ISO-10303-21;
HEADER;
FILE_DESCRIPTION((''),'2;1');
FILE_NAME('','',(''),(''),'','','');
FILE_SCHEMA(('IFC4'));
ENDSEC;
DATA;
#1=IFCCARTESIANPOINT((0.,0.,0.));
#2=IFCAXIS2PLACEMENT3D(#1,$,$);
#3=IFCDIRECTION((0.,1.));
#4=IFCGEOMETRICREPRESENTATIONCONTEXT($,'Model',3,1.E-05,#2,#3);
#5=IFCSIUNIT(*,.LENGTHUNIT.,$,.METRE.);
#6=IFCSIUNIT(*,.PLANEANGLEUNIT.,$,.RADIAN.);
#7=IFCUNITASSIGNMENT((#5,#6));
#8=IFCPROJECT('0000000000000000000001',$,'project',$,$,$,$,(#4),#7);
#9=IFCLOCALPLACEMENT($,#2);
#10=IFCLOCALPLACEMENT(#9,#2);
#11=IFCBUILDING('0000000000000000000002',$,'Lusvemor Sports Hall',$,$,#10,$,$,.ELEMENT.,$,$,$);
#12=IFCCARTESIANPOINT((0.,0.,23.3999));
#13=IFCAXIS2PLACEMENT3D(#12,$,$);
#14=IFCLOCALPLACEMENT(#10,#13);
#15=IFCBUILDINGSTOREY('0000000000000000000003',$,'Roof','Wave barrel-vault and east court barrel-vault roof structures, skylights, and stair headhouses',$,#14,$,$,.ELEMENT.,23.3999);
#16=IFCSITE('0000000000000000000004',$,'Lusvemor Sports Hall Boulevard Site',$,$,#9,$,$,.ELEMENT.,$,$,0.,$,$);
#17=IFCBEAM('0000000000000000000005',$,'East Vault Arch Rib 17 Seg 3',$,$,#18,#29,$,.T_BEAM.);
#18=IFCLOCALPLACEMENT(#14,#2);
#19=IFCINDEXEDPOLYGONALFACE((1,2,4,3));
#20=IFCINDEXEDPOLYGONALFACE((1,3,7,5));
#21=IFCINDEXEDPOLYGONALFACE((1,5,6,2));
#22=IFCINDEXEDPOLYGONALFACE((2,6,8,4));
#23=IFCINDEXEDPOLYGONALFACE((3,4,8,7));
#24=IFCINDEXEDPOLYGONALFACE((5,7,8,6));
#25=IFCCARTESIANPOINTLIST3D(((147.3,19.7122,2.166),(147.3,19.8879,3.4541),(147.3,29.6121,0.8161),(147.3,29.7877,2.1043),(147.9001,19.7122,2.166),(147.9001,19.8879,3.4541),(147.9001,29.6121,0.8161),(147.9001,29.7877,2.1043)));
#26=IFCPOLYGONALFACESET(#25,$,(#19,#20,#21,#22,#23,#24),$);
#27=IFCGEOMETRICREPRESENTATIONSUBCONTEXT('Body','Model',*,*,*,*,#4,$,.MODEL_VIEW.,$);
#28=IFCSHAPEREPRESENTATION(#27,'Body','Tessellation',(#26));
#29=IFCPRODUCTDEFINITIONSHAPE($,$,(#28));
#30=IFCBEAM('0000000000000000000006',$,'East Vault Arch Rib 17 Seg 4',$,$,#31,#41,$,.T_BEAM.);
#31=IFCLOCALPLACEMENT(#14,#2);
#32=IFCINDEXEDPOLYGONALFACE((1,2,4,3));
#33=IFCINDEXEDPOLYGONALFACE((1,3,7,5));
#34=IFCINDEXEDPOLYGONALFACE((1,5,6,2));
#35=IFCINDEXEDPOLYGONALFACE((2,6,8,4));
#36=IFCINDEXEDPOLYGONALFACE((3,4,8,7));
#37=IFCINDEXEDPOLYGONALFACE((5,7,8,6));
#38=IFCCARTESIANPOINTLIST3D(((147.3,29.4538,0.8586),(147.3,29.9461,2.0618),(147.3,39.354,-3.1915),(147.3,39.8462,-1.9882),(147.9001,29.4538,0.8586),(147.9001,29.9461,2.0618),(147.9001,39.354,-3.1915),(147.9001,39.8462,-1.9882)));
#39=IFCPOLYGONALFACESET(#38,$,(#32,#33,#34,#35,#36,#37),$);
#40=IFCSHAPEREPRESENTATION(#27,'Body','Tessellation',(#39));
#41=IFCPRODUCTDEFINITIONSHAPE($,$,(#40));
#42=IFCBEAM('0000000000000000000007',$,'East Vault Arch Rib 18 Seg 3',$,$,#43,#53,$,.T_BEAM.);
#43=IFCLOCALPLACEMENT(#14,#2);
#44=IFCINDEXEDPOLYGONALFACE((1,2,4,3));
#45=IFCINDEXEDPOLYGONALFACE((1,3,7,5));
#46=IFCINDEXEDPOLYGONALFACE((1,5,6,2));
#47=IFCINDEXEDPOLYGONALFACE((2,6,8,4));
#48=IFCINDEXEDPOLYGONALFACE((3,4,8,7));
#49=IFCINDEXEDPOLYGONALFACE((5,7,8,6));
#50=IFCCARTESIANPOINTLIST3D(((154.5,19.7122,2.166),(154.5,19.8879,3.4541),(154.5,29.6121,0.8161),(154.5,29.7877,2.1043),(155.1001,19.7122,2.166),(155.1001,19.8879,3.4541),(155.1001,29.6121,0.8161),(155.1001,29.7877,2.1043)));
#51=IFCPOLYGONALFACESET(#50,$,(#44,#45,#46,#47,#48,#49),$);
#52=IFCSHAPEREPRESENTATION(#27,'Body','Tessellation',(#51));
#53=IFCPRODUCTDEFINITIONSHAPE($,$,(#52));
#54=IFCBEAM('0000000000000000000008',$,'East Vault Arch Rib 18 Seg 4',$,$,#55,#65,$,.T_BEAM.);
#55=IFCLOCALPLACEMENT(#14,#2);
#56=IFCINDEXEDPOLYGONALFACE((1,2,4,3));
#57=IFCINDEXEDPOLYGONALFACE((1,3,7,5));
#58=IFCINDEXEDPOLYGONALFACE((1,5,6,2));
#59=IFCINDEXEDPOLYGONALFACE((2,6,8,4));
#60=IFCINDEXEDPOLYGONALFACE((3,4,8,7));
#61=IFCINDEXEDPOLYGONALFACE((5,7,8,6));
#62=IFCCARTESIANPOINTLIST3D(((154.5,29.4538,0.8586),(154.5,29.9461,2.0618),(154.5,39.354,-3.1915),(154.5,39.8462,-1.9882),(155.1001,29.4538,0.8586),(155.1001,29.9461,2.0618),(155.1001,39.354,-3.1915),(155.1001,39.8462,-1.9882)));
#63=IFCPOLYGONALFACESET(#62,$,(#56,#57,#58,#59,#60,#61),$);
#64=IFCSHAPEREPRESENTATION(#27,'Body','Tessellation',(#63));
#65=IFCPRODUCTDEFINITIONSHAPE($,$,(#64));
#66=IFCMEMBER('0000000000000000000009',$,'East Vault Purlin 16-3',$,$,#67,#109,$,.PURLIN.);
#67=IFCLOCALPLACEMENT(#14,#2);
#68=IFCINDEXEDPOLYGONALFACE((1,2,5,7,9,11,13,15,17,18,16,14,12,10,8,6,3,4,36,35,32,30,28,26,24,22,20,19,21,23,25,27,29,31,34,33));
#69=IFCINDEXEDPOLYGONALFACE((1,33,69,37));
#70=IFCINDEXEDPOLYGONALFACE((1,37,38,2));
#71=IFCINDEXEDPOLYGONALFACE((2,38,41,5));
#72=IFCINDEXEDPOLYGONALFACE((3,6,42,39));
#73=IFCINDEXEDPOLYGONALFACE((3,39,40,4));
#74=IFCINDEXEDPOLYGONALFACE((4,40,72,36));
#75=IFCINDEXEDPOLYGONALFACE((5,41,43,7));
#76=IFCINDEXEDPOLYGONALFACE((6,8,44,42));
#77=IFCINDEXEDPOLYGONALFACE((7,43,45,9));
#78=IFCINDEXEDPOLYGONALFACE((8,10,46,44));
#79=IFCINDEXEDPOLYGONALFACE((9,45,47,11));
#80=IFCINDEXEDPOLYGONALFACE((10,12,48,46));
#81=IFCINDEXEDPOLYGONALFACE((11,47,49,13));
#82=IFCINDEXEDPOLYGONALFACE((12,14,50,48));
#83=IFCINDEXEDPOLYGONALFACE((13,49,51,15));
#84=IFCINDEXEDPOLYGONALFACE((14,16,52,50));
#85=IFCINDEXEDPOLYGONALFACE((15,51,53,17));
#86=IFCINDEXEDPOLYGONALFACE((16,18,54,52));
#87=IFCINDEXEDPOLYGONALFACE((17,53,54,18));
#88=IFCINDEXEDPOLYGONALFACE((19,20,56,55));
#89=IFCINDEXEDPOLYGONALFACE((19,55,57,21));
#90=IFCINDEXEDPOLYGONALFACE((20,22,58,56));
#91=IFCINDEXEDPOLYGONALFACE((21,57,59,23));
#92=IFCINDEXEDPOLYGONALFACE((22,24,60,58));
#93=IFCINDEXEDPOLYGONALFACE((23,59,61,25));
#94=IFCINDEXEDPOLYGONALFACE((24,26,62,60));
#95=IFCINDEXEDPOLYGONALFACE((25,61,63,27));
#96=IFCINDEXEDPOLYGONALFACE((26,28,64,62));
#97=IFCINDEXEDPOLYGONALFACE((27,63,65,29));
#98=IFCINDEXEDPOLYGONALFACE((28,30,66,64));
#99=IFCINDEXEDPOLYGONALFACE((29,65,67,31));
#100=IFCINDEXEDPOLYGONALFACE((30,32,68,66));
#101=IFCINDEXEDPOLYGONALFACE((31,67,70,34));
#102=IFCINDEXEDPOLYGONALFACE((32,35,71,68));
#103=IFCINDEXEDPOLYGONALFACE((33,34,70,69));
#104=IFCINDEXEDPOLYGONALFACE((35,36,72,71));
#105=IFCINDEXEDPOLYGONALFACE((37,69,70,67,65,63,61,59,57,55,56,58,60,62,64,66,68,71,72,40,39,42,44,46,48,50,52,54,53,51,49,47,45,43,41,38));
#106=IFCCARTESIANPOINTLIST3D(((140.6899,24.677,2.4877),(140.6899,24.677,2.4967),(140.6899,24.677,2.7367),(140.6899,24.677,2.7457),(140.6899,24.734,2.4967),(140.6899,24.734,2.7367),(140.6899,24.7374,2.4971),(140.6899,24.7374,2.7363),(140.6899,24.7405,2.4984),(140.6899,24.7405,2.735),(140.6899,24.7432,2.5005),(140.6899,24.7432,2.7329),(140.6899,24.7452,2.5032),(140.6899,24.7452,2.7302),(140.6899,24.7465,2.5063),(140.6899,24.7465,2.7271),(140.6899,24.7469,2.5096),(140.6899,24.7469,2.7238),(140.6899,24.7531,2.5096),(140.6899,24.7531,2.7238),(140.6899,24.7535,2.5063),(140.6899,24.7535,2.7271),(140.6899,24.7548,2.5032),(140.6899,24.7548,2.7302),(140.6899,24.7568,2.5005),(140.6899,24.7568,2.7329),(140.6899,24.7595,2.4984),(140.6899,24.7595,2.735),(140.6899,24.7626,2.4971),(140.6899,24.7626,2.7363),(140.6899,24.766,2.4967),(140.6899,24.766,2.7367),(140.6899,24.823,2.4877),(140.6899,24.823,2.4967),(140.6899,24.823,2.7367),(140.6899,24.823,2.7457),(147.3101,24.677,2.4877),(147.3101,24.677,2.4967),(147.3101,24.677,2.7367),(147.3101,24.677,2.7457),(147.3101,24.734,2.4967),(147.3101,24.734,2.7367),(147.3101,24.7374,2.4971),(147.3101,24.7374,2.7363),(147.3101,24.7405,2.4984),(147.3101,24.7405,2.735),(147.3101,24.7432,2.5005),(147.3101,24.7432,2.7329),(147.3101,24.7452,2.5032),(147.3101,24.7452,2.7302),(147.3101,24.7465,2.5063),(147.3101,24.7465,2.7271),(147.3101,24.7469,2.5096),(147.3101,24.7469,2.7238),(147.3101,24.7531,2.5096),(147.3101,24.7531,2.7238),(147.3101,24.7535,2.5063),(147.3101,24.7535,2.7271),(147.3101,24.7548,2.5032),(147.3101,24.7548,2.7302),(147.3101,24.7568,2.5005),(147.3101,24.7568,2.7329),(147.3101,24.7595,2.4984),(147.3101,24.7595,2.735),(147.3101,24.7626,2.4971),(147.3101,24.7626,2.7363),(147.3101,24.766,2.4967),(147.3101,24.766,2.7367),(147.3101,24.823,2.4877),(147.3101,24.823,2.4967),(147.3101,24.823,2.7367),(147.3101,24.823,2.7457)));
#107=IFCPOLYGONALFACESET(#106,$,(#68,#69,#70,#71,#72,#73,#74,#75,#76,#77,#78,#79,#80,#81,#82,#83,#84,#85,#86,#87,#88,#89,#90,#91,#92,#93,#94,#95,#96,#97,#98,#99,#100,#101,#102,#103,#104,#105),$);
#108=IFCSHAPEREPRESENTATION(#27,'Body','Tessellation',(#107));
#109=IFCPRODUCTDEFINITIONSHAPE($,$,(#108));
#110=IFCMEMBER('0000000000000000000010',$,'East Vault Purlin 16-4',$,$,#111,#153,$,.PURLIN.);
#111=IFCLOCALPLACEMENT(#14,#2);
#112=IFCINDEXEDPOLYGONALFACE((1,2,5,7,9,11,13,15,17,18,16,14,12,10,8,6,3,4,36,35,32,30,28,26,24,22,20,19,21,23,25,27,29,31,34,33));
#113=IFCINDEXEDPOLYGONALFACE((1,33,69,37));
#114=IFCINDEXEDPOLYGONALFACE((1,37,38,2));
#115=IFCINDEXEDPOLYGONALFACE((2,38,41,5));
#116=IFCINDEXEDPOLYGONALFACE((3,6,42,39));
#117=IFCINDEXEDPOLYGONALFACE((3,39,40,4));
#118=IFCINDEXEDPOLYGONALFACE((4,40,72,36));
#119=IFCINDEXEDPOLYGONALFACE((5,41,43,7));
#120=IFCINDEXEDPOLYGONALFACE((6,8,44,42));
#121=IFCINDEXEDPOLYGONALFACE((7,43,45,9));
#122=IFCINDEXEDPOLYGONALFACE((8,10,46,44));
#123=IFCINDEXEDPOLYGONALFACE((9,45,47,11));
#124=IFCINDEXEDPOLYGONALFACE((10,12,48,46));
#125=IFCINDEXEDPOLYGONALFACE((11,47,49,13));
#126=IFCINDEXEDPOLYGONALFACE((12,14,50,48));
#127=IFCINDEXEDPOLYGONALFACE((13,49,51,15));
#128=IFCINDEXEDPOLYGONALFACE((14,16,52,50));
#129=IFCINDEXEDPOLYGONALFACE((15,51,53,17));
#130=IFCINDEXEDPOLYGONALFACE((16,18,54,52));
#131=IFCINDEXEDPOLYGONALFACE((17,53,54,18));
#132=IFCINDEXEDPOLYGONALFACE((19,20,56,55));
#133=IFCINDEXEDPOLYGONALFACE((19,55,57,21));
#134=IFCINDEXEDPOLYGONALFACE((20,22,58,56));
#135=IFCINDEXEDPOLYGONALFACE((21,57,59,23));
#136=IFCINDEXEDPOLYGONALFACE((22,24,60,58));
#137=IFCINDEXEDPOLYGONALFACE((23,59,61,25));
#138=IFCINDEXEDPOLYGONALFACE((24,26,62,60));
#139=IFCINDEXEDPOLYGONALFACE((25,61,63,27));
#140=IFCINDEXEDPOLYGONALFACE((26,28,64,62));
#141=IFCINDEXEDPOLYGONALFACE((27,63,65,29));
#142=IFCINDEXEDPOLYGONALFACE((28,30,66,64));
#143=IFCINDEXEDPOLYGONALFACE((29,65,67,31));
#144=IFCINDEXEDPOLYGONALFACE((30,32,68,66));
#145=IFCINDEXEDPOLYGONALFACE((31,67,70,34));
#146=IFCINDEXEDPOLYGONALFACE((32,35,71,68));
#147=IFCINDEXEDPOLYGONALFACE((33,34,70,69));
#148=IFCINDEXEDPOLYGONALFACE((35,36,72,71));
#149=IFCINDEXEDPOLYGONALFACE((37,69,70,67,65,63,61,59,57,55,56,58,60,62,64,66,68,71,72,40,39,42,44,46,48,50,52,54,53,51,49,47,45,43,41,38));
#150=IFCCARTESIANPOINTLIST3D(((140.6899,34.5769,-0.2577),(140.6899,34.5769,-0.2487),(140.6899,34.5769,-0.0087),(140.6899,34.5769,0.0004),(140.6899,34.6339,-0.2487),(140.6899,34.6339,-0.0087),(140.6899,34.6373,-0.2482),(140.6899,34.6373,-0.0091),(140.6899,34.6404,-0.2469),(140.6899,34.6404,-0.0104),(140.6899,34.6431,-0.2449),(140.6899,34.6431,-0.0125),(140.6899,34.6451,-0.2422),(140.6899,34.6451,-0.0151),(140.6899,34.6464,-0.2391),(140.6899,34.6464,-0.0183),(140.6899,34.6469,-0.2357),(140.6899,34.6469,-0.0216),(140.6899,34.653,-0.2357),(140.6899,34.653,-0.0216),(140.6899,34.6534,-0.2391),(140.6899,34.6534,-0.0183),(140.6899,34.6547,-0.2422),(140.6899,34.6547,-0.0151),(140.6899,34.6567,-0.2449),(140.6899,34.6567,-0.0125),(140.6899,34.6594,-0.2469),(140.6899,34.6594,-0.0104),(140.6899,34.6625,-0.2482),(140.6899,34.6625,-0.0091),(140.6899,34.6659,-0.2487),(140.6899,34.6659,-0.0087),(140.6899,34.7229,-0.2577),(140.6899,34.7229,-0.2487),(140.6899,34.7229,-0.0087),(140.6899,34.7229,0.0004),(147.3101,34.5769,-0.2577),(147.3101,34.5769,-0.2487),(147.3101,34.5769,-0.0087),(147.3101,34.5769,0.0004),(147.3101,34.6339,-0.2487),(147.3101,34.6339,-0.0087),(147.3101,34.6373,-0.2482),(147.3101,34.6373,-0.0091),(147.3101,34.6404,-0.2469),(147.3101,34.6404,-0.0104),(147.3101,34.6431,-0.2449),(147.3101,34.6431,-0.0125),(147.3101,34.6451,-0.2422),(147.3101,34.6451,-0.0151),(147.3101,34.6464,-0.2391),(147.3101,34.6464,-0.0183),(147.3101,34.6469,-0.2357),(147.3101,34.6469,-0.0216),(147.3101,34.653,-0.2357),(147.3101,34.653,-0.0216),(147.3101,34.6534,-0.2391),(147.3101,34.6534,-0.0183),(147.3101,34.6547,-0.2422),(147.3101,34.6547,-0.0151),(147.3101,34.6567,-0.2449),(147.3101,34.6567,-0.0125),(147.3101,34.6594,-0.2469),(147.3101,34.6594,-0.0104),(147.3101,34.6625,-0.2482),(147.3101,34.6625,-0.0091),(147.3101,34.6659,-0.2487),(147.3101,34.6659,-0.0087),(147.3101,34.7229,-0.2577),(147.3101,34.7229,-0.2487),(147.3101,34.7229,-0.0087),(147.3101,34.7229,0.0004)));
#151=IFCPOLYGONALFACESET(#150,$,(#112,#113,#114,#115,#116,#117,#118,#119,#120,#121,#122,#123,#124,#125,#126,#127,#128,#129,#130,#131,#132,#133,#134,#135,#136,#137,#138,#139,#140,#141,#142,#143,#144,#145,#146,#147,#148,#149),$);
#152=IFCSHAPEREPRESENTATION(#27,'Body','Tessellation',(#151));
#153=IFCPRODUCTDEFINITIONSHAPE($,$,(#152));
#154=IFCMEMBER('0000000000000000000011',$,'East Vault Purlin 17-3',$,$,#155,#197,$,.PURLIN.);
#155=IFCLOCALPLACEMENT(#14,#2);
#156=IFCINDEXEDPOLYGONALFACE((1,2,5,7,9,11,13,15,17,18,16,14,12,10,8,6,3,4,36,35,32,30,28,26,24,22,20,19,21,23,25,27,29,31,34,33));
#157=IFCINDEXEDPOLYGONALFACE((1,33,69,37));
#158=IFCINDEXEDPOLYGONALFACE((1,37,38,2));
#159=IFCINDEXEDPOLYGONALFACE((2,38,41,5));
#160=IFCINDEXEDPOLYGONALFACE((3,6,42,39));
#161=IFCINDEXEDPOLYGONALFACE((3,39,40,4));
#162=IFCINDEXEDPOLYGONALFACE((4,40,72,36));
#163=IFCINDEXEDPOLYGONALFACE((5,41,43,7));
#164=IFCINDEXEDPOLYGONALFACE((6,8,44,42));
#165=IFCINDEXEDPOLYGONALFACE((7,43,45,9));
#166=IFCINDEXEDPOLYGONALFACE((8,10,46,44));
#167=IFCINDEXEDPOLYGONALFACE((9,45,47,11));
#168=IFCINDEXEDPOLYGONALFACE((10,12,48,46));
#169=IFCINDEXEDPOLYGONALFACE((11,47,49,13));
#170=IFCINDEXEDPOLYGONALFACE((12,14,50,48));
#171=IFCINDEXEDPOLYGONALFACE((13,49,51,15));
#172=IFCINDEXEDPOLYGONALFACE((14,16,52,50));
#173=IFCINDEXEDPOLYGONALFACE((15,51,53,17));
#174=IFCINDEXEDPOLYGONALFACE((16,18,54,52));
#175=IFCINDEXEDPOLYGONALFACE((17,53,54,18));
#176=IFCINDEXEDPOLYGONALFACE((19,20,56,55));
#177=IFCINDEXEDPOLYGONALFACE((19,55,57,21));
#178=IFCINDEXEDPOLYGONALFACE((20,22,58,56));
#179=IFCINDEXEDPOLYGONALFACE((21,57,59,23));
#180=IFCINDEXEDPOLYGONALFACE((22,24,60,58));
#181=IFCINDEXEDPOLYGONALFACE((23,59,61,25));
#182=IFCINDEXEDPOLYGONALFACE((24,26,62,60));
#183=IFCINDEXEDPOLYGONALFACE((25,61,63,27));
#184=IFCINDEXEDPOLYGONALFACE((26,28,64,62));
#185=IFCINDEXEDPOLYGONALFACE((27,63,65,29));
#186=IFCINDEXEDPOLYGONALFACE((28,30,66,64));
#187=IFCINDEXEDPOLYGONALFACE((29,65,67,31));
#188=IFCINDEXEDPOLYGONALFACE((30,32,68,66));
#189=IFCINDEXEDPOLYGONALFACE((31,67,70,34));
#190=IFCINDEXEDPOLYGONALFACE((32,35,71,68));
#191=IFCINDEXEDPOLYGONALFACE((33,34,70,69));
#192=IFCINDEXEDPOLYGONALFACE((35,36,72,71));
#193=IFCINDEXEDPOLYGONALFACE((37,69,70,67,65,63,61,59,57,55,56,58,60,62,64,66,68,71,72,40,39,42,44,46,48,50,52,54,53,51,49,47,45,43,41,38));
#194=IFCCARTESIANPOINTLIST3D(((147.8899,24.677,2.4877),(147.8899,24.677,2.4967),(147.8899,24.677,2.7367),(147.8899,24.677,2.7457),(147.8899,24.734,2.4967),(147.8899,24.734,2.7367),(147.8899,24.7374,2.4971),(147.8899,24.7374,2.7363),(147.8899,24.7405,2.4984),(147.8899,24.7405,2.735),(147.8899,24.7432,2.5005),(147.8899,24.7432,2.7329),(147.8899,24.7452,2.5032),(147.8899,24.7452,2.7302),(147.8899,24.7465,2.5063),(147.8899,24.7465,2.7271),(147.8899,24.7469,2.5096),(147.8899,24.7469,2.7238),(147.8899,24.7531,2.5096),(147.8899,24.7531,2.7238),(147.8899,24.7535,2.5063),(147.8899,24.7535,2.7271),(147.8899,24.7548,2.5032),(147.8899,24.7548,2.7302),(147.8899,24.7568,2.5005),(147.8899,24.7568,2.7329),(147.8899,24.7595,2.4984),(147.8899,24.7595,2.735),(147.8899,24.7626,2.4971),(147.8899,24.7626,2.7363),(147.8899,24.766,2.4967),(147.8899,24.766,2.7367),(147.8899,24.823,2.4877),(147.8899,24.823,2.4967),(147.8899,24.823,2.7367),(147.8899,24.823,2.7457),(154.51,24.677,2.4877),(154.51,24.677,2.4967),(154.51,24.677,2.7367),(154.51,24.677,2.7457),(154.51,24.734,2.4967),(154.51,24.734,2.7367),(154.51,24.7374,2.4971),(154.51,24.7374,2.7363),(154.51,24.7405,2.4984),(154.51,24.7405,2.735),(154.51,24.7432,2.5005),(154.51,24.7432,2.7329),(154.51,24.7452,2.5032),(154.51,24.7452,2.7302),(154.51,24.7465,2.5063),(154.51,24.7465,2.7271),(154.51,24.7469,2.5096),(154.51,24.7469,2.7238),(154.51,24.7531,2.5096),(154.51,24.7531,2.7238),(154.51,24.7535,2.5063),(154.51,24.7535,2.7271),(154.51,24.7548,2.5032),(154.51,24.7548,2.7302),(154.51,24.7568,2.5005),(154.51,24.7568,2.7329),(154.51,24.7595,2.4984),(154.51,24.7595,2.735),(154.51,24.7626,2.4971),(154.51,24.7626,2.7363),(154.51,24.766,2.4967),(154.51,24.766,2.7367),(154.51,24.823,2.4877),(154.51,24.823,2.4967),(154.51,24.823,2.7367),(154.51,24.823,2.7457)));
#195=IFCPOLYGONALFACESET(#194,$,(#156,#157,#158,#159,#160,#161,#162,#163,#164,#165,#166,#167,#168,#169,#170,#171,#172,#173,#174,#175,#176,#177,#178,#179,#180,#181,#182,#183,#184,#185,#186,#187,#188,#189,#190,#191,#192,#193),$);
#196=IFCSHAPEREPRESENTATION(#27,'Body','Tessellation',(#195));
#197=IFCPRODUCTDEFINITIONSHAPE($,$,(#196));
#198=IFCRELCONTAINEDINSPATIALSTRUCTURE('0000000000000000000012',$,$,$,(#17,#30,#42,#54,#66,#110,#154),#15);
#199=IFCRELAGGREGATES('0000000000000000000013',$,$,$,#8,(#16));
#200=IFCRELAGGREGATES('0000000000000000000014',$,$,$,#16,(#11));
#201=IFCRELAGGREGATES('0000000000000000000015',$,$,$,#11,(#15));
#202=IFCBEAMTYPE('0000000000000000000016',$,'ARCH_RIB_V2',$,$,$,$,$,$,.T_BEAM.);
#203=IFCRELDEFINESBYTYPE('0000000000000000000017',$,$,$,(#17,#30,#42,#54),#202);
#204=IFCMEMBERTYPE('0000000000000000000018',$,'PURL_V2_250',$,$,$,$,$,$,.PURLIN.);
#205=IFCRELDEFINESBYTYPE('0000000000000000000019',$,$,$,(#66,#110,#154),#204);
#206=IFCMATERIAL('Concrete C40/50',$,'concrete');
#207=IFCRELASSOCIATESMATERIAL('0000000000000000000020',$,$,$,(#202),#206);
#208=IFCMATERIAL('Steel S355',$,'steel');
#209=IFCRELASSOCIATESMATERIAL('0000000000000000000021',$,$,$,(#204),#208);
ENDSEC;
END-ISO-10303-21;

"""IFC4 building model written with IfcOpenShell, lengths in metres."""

from ifc_helpers import new_model, si_unit, direction, frame, origin, origin_2d, place, context, subcontext, project, spatial, rectangle, i_section, extrude, material, material_profile, profile_set, type_object, element, save


model = new_model("IFC4")

# Units and contexts
model_context = context("Model", 3, precision=1e-05, world=origin(), true_north=direction((0.0, 1.0)))
body_context = subcontext(model_context, "Body", "Model", "MODEL_VIEW")
ifc_project = project(units=[si_unit("LENGTHUNIT", "METRE"), si_unit("PLANEANGLEUNIT", "RADIAN")], contexts=[model_context])

# Site, building, storey
site_placement = place(None, origin())
site = spatial("IfcSite", under=ifc_project, at=site_placement, Name="Lusvemor Sports Hall Boulevard Site", CompositionType="ELEMENT", RefElevation=0.0)
building_placement = place(site_placement, origin())
building = spatial("IfcBuilding", under=site, at=building_placement, Name="Lusvemor Sports Hall", CompositionType="ELEMENT")
storey_placement = place(building_placement, frame((0.0, 0.0, 23.3999)))
storey = spatial("IfcBuildingStorey", under=building, at=storey_placement, Name="Roof", Description="Wave barrel-vault and east court barrel-vault roof structures, skylights, and stair headhouses", CompositionType="ELEMENT", Elevation=23.3999)

# Beams
ifc_material_1 = material(Name="Concrete C40/50", Category="concrete")
ifc_material_profile_1 = material_profile(ifc_material_1, rectangle(XDim=0.6001, YDim=1.3, at=origin_2d()), Name="RC600x1300")
ifc_profile_set_1 = profile_set([ifc_material_profile_1], Name="Concrete C40/50")
beam_type_1 = type_object("IfcBeamType", Name="ARCH_RIB_V2", PredefinedType="T_BEAM", material=ifc_profile_set_1)
beam_1_placement = place(storey_placement, frame((147.6001, 19.8, 2.8101), z_axis=(0.0, 0.990832, -0.1351), x_axis=(-1.0, 0.0, 0.0)))
element("IfcBeam", 1, at=beam_1_placement, inside=storey, type_object=beam_type_1, Name="East Vault Arch Rib 17 Seg 3", PredefinedType="T_BEAM", context=body_context, shape_type="SweptSolid", body=[
    extrude(rectangle(XDim=0.6001, YDim=1.3, at=origin_2d()), origin(), (0.0, 0.0, 1.0), 9.9915),
])
beam_2_placement = place(storey_placement, frame((147.6001, 29.7, 1.4602), z_axis=(0.0, 0.925547, -0.378632), x_axis=(-1.0, 0.0, 0.0)))
element("IfcBeam", 2, at=beam_2_placement, inside=storey, type_object=beam_type_1, Name="East Vault Arch Rib 17 Seg 4", PredefinedType="T_BEAM", context=body_context, shape_type="SweptSolid", body=[
    extrude(rectangle(XDim=0.6001, YDim=1.3, at=origin_2d()), origin(), (0.0, 0.0, 1.0), 10.6965),
])
beam_3_placement = place(storey_placement, frame((154.8, 19.8, 2.8101), z_axis=(0.0, 0.990832, -0.1351), x_axis=(-1.0, 0.0, 0.0)))
element("IfcBeam", 3, at=beam_3_placement, inside=storey, type_object=beam_type_1, Name="East Vault Arch Rib 18 Seg 3", PredefinedType="T_BEAM", context=body_context, shape_type="SweptSolid", body=[
    extrude(rectangle(XDim=0.6001, YDim=1.3, at=origin_2d()), origin(), (0.0, 0.0, 1.0), 9.9915),
])
beam_4_placement = place(storey_placement, frame((154.8, 29.7, 1.4602), z_axis=(0.0, 0.925547, -0.378632), x_axis=(-1.0, 0.0, 0.0)))
element("IfcBeam", 4, at=beam_4_placement, inside=storey, type_object=beam_type_1, Name="East Vault Arch Rib 18 Seg 4", PredefinedType="T_BEAM", context=body_context, shape_type="SweptSolid", body=[
    extrude(rectangle(XDim=0.6001, YDim=1.3, at=origin_2d()), origin(), (0.0, 0.0, 1.0), 10.6965),
])

# Members
ifc_material_2 = material(Name="Steel S355", Category="steel")
ifc_material_profile_2 = material_profile(ifc_material_2, i_section(OverallWidth=0.146, OverallDepth=0.2581, WebThickness=0.0061, FlangeThickness=0.009, FilletRadius=0.0129, at=origin_2d()), Name="W250x32.7")
ifc_profile_set_2 = profile_set([ifc_material_profile_2], Name="Steel S355")
member_type_1 = type_object("IfcMemberType", Name="PURL_V2_250", PredefinedType="PURLIN", material=ifc_profile_set_2)
for number, where, z_axis, x_axis, name in (
    (5, (140.6899, 24.75, 2.6167), (1.0, 0.0, 0.0), (0.0, 1.0, 0.0), "East Vault Purlin 16-3"),
    (6, (140.6899, 34.6499, -0.1287), (1.0, 0.0, 0.0), (0.0, 1.0, 0.0), "East Vault Purlin 16-4"),
    (7, (147.8899, 24.75, 2.6167), (1.0, 0.0, 0.0), (0.0, 1.0, 0.0), "East Vault Purlin 17-3"),
):
    element("IfcMember", number, at=place(storey_placement, frame(where, z_axis=z_axis, x_axis=x_axis)), inside=storey, type_object=member_type_1, Name=name, PredefinedType="PURLIN", context=body_context, shape_type="SweptSolid", body=[
        extrude(i_section(OverallWidth=0.146, OverallDepth=0.2581, WebThickness=0.0061, FlangeThickness=0.009, FilletRadius=0.0129, at=origin_2d()), origin(), (0.0, 0.0, 1.0), 6.6201),
    ])

save(model, "model.ifc")
